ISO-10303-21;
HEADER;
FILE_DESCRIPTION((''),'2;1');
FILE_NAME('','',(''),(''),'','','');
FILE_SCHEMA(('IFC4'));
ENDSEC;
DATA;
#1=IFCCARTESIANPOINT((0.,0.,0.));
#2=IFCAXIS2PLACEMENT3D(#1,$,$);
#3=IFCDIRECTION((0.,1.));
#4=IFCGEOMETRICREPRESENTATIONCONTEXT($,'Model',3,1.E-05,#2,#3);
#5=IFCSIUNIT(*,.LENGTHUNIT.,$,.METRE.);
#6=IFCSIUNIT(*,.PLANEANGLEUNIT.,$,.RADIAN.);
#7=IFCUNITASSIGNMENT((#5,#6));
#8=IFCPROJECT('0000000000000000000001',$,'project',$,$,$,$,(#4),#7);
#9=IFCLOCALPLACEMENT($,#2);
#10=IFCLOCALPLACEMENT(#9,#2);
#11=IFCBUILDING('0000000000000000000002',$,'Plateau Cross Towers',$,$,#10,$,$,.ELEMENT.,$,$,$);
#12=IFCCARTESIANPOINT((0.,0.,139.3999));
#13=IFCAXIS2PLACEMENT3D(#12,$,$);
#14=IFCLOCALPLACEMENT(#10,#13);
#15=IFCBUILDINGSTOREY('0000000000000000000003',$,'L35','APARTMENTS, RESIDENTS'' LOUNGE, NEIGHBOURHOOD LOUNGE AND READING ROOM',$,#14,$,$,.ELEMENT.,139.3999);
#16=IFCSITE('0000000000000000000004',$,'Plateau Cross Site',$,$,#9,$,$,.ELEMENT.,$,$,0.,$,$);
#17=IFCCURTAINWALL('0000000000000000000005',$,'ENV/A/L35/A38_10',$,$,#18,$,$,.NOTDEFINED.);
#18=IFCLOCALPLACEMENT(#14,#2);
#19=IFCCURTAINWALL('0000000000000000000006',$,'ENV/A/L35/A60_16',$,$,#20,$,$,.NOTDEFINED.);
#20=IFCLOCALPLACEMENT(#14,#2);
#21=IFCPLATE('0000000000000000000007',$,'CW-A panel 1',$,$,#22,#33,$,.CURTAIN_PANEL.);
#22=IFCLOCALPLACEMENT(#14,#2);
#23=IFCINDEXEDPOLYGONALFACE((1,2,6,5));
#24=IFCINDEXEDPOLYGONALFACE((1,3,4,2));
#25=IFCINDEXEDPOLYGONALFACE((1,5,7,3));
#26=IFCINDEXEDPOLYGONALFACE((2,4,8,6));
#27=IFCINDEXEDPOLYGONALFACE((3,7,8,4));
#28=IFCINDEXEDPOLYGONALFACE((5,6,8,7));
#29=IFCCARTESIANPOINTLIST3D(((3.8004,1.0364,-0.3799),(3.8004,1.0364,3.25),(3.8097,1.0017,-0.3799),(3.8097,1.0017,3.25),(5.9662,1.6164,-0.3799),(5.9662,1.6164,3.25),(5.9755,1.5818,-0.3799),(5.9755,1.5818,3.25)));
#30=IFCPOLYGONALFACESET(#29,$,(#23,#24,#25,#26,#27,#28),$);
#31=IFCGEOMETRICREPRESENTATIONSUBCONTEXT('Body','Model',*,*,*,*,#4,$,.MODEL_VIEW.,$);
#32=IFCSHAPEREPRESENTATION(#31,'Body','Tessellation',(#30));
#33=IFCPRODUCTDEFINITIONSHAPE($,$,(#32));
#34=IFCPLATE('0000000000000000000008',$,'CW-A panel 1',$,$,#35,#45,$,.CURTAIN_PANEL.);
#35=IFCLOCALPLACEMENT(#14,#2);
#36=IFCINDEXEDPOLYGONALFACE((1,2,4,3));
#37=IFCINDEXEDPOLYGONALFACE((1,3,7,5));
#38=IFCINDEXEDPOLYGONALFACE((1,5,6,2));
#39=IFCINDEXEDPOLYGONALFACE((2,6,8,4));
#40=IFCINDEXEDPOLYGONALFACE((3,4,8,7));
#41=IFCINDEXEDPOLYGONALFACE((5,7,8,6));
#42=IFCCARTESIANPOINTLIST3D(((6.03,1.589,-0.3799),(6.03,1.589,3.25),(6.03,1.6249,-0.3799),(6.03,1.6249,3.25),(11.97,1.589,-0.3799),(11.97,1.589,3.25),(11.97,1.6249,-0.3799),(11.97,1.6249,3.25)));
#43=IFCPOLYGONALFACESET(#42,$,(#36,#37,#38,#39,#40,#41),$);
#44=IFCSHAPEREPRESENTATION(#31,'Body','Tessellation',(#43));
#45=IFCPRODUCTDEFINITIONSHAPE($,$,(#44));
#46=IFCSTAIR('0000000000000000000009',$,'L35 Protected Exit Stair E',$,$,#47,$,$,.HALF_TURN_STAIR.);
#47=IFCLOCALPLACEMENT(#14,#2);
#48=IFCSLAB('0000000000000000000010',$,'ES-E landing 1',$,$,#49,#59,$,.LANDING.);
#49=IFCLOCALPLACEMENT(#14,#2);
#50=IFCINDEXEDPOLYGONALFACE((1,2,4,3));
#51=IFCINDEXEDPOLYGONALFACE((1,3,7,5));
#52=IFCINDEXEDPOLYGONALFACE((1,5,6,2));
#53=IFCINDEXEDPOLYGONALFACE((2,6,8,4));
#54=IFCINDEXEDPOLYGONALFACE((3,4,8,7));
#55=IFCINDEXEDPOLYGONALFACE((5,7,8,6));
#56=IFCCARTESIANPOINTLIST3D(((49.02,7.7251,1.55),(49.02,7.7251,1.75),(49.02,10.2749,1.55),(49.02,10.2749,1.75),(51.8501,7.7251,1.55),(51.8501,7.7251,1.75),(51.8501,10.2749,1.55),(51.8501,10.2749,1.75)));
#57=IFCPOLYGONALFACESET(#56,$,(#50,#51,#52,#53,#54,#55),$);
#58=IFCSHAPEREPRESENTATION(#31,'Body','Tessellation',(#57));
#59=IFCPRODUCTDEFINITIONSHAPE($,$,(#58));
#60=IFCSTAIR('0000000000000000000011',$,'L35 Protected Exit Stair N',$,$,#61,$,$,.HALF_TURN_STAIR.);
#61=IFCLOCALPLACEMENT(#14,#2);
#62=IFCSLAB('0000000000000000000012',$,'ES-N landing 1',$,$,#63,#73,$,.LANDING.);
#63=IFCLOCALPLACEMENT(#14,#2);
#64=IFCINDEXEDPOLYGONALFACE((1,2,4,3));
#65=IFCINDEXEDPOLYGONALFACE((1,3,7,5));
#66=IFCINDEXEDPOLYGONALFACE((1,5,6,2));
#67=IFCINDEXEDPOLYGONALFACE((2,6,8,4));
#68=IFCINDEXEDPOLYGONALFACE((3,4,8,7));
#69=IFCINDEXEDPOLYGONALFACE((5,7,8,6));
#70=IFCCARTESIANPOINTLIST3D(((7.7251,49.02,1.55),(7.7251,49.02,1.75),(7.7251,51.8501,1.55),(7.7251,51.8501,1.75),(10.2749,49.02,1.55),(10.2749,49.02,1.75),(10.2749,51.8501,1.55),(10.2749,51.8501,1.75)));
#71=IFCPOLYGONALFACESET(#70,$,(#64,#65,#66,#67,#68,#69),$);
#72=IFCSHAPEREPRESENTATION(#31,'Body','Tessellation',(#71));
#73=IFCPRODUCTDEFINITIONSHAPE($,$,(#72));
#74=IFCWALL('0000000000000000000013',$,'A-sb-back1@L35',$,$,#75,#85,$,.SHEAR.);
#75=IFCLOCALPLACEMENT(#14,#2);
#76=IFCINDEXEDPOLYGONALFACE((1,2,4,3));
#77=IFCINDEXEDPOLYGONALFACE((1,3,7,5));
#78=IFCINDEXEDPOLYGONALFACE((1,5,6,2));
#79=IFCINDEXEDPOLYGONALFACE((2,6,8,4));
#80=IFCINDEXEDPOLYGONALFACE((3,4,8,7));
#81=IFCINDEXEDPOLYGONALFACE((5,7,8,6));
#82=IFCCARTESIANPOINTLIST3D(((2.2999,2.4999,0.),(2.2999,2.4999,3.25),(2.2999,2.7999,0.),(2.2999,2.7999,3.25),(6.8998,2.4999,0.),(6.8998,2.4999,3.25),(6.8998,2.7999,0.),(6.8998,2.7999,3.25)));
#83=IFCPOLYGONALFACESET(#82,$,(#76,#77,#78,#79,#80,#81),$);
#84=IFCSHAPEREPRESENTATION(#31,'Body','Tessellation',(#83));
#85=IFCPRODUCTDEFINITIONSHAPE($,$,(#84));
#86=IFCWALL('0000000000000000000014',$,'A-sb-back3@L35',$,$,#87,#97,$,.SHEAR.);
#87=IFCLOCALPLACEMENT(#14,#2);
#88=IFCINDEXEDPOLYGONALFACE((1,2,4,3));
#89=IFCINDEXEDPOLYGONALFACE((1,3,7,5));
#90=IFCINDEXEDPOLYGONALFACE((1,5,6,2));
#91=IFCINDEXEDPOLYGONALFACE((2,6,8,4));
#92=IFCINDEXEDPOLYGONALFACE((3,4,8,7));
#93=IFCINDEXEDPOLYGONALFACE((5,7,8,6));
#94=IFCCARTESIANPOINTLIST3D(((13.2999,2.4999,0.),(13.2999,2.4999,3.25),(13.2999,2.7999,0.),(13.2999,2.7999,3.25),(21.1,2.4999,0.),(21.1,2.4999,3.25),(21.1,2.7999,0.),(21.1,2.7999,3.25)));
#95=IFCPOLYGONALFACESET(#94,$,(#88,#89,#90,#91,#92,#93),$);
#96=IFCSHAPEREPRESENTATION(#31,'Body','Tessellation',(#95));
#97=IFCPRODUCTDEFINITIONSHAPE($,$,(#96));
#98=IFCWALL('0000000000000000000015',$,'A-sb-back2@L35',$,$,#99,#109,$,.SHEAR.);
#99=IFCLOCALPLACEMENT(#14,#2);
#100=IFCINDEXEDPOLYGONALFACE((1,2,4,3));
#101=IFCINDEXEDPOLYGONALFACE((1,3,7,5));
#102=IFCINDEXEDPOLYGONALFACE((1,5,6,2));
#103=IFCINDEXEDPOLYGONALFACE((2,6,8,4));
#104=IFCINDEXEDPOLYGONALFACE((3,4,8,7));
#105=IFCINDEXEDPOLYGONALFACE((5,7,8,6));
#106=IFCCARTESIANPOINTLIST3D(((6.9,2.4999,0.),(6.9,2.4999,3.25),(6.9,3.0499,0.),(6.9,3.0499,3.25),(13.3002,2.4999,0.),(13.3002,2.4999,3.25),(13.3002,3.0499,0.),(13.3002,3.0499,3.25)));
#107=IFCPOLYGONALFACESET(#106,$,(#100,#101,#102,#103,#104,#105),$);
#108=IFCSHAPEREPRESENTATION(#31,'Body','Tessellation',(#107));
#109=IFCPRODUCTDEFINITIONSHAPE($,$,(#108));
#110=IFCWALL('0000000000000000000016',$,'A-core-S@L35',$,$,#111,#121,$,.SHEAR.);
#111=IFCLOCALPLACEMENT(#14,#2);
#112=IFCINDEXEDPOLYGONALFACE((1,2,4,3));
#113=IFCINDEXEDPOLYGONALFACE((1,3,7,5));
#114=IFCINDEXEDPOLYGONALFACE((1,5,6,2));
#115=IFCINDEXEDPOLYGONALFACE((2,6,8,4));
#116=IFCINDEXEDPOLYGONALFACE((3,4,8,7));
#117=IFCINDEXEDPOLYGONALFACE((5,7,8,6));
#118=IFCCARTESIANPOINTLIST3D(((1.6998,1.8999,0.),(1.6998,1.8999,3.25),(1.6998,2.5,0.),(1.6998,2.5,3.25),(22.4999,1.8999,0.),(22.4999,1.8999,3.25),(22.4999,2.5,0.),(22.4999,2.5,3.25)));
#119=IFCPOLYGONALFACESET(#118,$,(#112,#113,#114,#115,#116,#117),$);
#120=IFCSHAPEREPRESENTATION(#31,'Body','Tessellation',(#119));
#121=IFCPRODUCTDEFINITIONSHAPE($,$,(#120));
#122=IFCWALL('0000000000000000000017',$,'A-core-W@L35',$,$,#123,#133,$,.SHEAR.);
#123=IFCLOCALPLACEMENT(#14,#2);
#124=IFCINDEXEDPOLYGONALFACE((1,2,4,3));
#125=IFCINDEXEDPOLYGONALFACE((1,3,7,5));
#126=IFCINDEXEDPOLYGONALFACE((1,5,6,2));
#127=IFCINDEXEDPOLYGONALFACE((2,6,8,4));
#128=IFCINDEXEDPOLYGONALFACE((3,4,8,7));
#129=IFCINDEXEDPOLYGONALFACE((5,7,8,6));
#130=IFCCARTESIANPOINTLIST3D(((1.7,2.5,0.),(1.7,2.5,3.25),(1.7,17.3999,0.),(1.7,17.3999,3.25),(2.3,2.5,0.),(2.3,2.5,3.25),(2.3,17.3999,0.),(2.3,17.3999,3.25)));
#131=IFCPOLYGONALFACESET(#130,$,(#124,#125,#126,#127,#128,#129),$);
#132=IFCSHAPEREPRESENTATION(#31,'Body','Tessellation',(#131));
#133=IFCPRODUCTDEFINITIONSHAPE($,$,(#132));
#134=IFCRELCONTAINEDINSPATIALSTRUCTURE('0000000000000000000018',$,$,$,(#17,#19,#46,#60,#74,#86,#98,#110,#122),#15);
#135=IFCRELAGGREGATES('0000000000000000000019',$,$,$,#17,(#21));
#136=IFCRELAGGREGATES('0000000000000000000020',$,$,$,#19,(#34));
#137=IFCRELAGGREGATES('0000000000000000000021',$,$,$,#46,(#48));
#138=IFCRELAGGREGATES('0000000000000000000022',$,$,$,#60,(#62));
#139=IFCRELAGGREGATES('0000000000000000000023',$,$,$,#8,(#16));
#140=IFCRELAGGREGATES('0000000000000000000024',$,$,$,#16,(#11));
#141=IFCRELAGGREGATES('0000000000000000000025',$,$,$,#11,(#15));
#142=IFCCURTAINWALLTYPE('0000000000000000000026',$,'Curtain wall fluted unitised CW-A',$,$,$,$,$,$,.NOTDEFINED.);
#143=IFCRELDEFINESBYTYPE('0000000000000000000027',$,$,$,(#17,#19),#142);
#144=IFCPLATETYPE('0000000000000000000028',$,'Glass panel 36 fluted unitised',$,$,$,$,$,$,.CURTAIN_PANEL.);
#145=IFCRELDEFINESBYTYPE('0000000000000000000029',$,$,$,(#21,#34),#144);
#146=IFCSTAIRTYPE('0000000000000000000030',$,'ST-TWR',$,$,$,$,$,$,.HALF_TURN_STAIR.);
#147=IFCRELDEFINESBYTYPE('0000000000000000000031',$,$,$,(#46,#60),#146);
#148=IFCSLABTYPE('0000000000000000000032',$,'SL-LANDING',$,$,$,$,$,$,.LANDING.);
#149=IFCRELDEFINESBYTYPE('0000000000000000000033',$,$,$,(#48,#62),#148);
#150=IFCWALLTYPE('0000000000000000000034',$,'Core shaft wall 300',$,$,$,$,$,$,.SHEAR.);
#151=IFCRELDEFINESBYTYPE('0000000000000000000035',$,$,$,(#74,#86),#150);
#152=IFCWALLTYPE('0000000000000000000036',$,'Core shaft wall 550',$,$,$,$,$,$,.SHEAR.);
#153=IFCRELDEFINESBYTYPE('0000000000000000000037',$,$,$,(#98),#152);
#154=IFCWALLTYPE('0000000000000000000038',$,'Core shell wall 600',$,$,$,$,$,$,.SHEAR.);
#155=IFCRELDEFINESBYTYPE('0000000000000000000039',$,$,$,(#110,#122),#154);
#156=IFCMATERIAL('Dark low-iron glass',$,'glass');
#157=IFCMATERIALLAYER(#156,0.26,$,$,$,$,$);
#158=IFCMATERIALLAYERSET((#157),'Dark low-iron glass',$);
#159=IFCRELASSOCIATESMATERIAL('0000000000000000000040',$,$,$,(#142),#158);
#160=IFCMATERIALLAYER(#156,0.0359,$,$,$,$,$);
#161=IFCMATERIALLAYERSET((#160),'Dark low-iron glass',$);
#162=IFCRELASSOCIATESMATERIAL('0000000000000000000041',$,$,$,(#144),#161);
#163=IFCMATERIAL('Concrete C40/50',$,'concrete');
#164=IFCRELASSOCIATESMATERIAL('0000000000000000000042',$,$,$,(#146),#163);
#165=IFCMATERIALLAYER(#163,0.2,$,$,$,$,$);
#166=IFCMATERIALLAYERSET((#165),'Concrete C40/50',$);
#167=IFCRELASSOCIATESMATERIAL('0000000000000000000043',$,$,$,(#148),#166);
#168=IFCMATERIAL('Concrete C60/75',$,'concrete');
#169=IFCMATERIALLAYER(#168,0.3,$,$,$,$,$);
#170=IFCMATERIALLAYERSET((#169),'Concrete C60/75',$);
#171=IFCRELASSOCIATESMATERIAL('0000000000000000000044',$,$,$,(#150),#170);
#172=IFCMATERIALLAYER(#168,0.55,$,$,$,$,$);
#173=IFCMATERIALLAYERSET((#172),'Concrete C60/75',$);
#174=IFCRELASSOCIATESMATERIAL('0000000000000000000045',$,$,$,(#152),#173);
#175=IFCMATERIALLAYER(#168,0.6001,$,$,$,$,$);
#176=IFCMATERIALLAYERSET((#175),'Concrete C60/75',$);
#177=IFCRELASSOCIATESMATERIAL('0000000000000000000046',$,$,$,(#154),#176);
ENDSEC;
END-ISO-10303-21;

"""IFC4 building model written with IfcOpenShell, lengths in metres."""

from ifc_helpers import new_model, si_unit, direction, frame, frame_2d, origin, origin_2d, place, context, subcontext, project, spatial, polyline, rectangle, outline, extrude, material, layer, layer_set, type_object, element, aggregate, save


model = new_model("IFC4")

# Units and contexts
model_context = context("Model", 3, precision=1e-05, world=origin(), true_north=direction((0.0, 1.0)))
body_context = subcontext(model_context, "Body", "Model", "MODEL_VIEW")
ifc_project = project(units=[si_unit("LENGTHUNIT", "METRE"), si_unit("PLANEANGLEUNIT", "RADIAN")], contexts=[model_context])

# Site, building, storey
site_placement = place(None, origin())
site = spatial("IfcSite", under=ifc_project, at=site_placement, Name="Plateau Cross Site", CompositionType="ELEMENT", RefElevation=0.0)
building_placement = place(site_placement, origin())
building = spatial("IfcBuilding", under=site, at=building_placement, Name="Plateau Cross Towers", CompositionType="ELEMENT")
storey_placement = place(building_placement, frame((0.0, 0.0, 139.3999)))
storey = spatial("IfcBuildingStorey", under=building, at=storey_placement, Name="L35", Description="APARTMENTS, RESIDENTS' LOUNGE, NEIGHBOURHOOD LOUNGE AND READING ROOM", CompositionType="ELEMENT", Elevation=139.3999)

# Shared definitions
ifc_material_1 = material(Name="Concrete C60/75", Category="concrete")

# Shared definitions
ifc_material_2 = material(Name="Dark low-iron glass", Category="glass")

# Curtain walls
ifc_layer_1 = layer(ifc_material_2, 0.26)
ifc_layer_set_1 = layer_set([ifc_layer_1], Name="Dark low-iron glass")
curtain_wall_type_1 = type_object("IfcCurtainWallType", Name="Curtain wall fluted unitised CW-A", PredefinedType="NOTDEFINED", material=ifc_layer_set_1)
curtain_wall_1_placement = place(storey_placement, origin())
curtain_wall_1 = element("IfcCurtainWall", 1, at=curtain_wall_1_placement, inside=storey, type_object=curtain_wall_type_1, Name="ENV/A/L35/A38_10", PredefinedType="NOTDEFINED")
curtain_wall_2_placement = place(storey_placement, origin())
curtain_wall_2 = element("IfcCurtainWall", 2, at=curtain_wall_2_placement, inside=storey, type_object=curtain_wall_type_1, Name="ENV/A/L35/A60_16", PredefinedType="NOTDEFINED")

# Plates
ifc_layer_2 = layer(ifc_material_2, 0.0359)
ifc_layer_set_2 = layer_set([ifc_layer_2], Name="Dark low-iron glass")
plate_type_1 = type_object("IfcPlateType", Name="Glass panel 36 fluted unitised", PredefinedType="CURTAIN_PANEL", material=ifc_layer_set_2)
plate_1_placement = place(storey_placement, frame((4.8879, 1.3091, -0.3799), z_axis=(0.0, 0.0, 1.0), x_axis=(0.965958, 0.258699, 0.0)))
plate_1 = element("IfcPlate", 3, at=plate_1_placement, type_object=plate_type_1, Name="CW-A panel 1", PredefinedType="CURTAIN_PANEL", context=body_context, shape_type="SweptSolid", body=[
    extrude(rectangle(XDim=2.2422, YDim=0.0359, at=origin_2d()), origin(), (0.0, 0.0, 1.0), 3.6299),
])
aggregate(curtain_wall_1, [plate_1])
plate_2_placement = place(storey_placement, frame((9.0, 1.6069, -0.3799), z_axis=(0.0, 0.0, 1.0), x_axis=(1.0, 0.0, 0.0)))
plate_2 = element("IfcPlate", 4, at=plate_2_placement, type_object=plate_type_1, Name="CW-A panel 1", PredefinedType="CURTAIN_PANEL", context=body_context, shape_type="SweptSolid", body=[
    extrude(rectangle(XDim=5.9399, YDim=0.0359, at=origin_2d()), origin(), (0.0, 0.0, 1.0), 3.6299),
])
aggregate(curtain_wall_2, [plate_2])

# Stairs, slabs
ifc_material_3 = material(Name="Concrete C40/50", Category="concrete")
stair_type = type_object("IfcStairType", Name="ST-TWR", PredefinedType="HALF_TURN_STAIR", material=ifc_material_3)
stair_1_placement = place(storey_placement, origin())
stair_1 = element("IfcStair", 5, at=stair_1_placement, inside=storey, type_object=stair_type, Name="L35 Protected Exit Stair E", PredefinedType="HALF_TURN_STAIR")
ifc_layer_3 = layer(ifc_material_3, 0.2)
ifc_layer_set_3 = layer_set([ifc_layer_3], Name="Concrete C40/50")
slab_type = type_object("IfcSlabType", Name="SL-LANDING", PredefinedType="LANDING", material=ifc_layer_set_3)
slab_1_placement = place(storey_placement, frame((0.0, 0.0, 1.55)))
slab_1 = element("IfcSlab", 6, at=slab_1_placement, type_object=slab_type, Name="ES-E landing 1", PredefinedType="LANDING", context=body_context, shape_type="SweptSolid", body=[
    extrude(outline(polyline([(49.02, 7.7251), (51.8501, 7.7251), (51.8501, 10.2749), (49.02, 10.2749), (49.02, 7.7251)])), origin(), (0.0, 0.0, 1.0), 0.2),
])
aggregate(stair_1, [slab_1])
stair_2_placement = place(storey_placement, origin())
stair_2 = element("IfcStair", 7, at=stair_2_placement, inside=storey, type_object=stair_type, Name="L35 Protected Exit Stair N", PredefinedType="HALF_TURN_STAIR")
slab_2_placement = place(storey_placement, frame((0.0, 0.0, 1.55)))
slab_2 = element("IfcSlab", 8, at=slab_2_placement, type_object=slab_type, Name="ES-N landing 1", PredefinedType="LANDING", context=body_context, shape_type="SweptSolid", body=[
    extrude(outline(polyline([(10.2749, 49.02), (10.2749, 51.8501), (7.7251, 51.8501), (7.7251, 49.02), (10.2749, 49.02)])), origin(), (0.0, 0.0, 1.0), 0.2),
])
aggregate(stair_2, [slab_2])

# Walls
ifc_layer_4 = layer(ifc_material_1, 0.3)
ifc_layer_set_4 = layer_set([ifc_layer_4], Name="Concrete C60/75")
wall_type_1 = type_object("IfcWallType", Name="Core shaft wall 300", PredefinedType="SHEAR", material=ifc_layer_set_4)
wall_1_placement = place(storey_placement, frame((2.3, 2.6499, 0.0), z_axis=(0.0, 0.0, 1.0), x_axis=(1.0, 0.0, 0.0)))
element("IfcWall", 9, at=wall_1_placement, inside=storey, type_object=wall_type_1, Name="A-sb-back1@L35", PredefinedType="SHEAR", context=body_context, shape_type="SweptSolid", body=[
    extrude(rectangle(XDim=4.5999, YDim=0.3, at=frame_2d((2.2998, 0.0))), origin(), (0.0, 0.0, 1.0), 3.25),
])
wall_2_placement = place(storey_placement, frame((13.3, 2.6499, 0.0), z_axis=(0.0, 0.0, 1.0), x_axis=(1.0, 0.0, 0.0)))
element("IfcWall", 10, at=wall_2_placement, inside=storey, type_object=wall_type_1, Name="A-sb-back3@L35", PredefinedType="SHEAR", context=body_context, shape_type="SweptSolid", body=[
    extrude(rectangle(XDim=7.8, YDim=0.3, at=frame_2d((3.8999, 0.0))), origin(), (0.0, 0.0, 1.0), 3.25),
])
ifc_layer_5 = layer(ifc_material_1, 0.55)
ifc_layer_set_5 = layer_set([ifc_layer_5], Name="Concrete C60/75")
wall_type_2 = type_object("IfcWallType", Name="Core shaft wall 550", PredefinedType="SHEAR", material=ifc_layer_set_5)
wall_3_placement = place(storey_placement, frame((6.8999, 2.7749, 0.0), z_axis=(0.0, 0.0, 1.0), x_axis=(1.0, 0.0, 0.0)))
element("IfcWall", 11, at=wall_3_placement, inside=storey, type_object=wall_type_2, Name="A-sb-back2@L35", PredefinedType="SHEAR", context=body_context, shape_type="SweptSolid", body=[
    extrude(rectangle(XDim=6.4001, YDim=0.55, at=frame_2d((3.2002, 0.0))), origin(), (0.0, 0.0, 1.0), 3.25),
])
ifc_layer_6 = layer(ifc_material_1, 0.6001)
ifc_layer_set_6 = layer_set([ifc_layer_6], Name="Concrete C60/75")
wall_type_3 = type_object("IfcWallType", Name="Core shell wall 600", PredefinedType="SHEAR", material=ifc_layer_set_6)
wall_4_placement = place(storey_placement, frame((1.7, 2.2, 0.0), z_axis=(0.0, 0.0, 1.0), x_axis=(1.0, 0.0, 0.0)))
element("IfcWall", 12, at=wall_4_placement, inside=storey, type_object=wall_type_3, Name="A-core-S@L35", PredefinedType="SHEAR", context=body_context, shape_type="SweptSolid", body=[
    extrude(rectangle(XDim=20.8, YDim=0.6001, at=frame_2d((10.3999, 0.0))), origin(), (0.0, 0.0, 1.0), 3.25),
])
wall_5_placement = place(storey_placement, frame((2.0, 2.5, 0.0), z_axis=(0.0, 0.0, 1.0), x_axis=(0.0, 1.0, 0.0)))
element("IfcWall", 13, at=wall_5_placement, inside=storey, type_object=wall_type_3, Name="A-core-W@L35", PredefinedType="SHEAR", context=body_context, shape_type="SweptSolid", body=[
    extrude(rectangle(XDim=14.8999, YDim=0.6001, at=frame_2d((7.45, 0.0))), origin(), (0.0, 0.0, 1.0), 3.25),
])

save(model, "model.ifc")
